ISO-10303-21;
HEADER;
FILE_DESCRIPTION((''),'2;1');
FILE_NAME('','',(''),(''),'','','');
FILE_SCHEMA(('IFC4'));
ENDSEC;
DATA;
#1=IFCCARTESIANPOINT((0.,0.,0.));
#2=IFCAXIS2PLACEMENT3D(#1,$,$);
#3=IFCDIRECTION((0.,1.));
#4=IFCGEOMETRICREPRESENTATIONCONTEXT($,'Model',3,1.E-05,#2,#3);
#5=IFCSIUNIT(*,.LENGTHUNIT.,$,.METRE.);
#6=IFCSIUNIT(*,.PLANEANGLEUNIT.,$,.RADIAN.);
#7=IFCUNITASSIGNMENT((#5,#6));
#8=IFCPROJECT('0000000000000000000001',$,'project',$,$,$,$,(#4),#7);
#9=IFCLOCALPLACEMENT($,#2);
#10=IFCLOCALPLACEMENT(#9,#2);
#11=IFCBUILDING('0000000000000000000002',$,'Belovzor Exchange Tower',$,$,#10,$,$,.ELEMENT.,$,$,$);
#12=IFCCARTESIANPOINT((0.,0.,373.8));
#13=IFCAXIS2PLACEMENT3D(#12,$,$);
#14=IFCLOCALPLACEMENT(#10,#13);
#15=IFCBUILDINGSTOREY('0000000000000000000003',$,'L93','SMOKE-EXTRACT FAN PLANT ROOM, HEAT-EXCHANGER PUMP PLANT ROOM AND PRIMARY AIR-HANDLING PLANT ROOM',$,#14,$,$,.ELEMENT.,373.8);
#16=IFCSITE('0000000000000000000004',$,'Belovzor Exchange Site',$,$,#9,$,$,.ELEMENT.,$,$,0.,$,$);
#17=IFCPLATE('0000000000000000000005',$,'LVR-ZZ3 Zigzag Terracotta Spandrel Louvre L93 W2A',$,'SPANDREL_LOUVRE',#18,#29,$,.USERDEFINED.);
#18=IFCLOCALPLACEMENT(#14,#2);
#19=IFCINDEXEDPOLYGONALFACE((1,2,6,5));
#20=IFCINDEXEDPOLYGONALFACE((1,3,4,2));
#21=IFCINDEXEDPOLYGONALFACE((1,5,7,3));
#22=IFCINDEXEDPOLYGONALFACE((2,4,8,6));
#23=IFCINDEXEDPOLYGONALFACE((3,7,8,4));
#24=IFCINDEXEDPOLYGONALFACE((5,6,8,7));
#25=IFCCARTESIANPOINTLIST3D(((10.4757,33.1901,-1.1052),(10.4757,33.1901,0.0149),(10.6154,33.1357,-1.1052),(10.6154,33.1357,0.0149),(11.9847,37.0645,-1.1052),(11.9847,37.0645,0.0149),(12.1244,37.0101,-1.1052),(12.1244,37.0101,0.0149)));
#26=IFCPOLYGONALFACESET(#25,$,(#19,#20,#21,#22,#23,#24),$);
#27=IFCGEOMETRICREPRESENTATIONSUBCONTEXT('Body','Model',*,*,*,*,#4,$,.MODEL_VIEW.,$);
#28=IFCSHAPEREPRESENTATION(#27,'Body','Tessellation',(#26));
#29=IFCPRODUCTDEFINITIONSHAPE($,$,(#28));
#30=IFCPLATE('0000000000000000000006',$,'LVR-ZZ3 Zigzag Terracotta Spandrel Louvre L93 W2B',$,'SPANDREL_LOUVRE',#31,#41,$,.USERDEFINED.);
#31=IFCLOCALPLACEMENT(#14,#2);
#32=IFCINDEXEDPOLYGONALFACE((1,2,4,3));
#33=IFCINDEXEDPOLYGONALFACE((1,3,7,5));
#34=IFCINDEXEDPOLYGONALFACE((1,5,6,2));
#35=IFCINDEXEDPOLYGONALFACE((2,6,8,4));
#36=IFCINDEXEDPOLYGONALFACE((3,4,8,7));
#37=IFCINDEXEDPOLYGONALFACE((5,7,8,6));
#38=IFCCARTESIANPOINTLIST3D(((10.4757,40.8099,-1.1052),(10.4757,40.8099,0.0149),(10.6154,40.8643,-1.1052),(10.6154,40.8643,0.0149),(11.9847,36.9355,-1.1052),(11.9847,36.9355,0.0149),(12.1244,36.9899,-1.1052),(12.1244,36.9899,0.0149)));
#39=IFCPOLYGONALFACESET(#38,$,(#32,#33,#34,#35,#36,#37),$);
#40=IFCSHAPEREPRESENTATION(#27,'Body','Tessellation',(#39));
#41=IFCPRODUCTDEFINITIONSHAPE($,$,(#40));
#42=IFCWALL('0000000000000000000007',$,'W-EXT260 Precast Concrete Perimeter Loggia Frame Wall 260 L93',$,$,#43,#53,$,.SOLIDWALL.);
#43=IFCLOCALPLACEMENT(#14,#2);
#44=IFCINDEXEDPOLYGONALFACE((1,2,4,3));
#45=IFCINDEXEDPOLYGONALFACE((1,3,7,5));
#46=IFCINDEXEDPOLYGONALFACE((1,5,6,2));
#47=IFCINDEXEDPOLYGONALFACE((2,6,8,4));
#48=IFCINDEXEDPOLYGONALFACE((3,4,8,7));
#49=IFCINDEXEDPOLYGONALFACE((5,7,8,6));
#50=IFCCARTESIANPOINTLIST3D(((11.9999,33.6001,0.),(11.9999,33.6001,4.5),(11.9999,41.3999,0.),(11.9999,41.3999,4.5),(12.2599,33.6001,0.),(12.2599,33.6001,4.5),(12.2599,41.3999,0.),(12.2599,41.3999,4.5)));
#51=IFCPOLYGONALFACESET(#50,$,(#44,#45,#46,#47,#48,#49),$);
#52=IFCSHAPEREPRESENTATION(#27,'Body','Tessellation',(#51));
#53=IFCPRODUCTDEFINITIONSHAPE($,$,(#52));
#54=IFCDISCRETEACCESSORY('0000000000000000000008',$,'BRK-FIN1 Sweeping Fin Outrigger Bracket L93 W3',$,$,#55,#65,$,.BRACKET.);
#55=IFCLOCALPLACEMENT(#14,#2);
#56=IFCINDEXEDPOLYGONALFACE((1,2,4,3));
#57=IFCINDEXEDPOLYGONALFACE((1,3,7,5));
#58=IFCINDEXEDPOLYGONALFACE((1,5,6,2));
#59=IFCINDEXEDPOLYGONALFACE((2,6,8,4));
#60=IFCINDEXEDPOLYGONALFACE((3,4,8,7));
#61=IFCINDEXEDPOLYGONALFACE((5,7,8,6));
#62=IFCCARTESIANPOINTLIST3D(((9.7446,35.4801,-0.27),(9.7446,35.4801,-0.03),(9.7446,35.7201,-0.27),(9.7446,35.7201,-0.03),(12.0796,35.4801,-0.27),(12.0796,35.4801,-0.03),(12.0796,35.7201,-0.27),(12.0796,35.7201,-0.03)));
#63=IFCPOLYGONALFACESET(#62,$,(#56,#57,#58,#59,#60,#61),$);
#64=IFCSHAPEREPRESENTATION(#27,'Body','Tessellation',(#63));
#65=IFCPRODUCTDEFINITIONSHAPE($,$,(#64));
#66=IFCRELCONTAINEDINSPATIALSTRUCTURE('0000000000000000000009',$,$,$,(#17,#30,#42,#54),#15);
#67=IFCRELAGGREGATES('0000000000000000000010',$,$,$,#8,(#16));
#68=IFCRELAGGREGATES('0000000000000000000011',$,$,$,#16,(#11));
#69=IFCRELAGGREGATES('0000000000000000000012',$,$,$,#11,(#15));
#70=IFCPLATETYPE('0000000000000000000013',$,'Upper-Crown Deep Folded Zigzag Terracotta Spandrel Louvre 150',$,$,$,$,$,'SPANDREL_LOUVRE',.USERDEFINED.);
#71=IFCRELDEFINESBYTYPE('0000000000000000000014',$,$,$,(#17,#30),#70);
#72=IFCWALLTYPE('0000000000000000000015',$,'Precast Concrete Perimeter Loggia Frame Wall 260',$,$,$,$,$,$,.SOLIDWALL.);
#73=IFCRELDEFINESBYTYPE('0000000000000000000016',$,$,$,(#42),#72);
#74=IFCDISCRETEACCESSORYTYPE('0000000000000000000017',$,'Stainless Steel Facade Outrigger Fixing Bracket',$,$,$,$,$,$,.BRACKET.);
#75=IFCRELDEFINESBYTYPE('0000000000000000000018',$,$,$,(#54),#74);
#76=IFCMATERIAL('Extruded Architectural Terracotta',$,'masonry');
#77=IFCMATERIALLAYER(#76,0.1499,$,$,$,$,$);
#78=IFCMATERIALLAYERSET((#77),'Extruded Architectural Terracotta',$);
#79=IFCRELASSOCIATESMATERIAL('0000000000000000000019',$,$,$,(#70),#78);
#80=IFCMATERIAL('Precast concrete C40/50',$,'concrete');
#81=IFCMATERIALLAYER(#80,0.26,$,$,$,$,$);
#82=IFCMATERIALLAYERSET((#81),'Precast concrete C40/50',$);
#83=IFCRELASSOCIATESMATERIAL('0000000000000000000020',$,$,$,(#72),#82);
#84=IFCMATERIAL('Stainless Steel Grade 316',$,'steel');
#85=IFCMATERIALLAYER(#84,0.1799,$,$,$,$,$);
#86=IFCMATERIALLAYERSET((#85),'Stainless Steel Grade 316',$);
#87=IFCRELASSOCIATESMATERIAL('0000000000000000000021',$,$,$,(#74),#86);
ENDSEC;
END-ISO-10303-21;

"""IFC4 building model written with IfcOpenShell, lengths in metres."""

from ifc_helpers import new_model, si_unit, direction, frame, frame_2d, origin, origin_2d, place, context, subcontext, project, spatial, rectangle, extrude, material, layer, layer_set, type_object, element, save


model = new_model("IFC4")

# Units and contexts
model_context = context("Model", 3, precision=1e-05, world=origin(), true_north=direction((0.0, 1.0)))
body_context = subcontext(model_context, "Body", "Model", "MODEL_VIEW")
ifc_project = project(units=[si_unit("LENGTHUNIT", "METRE"), si_unit("PLANEANGLEUNIT", "RADIAN")], contexts=[model_context])

# Site, building, storey
site_placement = place(None, origin())
site = spatial("IfcSite", under=ifc_project, at=site_placement, Name="Belovzor Exchange Site", CompositionType="ELEMENT", RefElevation=0.0)
building_placement = place(site_placement, origin())
building = spatial("IfcBuilding", under=site, at=building_placement, Name="Belovzor Exchange Tower", CompositionType="ELEMENT")
storey_placement = place(building_placement, frame((0.0, 0.0, 373.8)))
storey = spatial("IfcBuildingStorey", under=building, at=storey_placement, Name="L93", Description="SMOKE-EXTRACT FAN PLANT ROOM, HEAT-EXCHANGER PUMP PLANT ROOM AND PRIMARY AIR-HANDLING PLANT ROOM", CompositionType="ELEMENT", Elevation=373.8)

# Plates
ifc_material_1 = material(Name="Extruded Architectural Terracotta", Category="masonry")
ifc_layer_1 = layer(ifc_material_1, 0.1499)
ifc_layer_set_1 = layer_set([ifc_layer_1], Name="Extruded Architectural Terracotta")
plate_type_1 = type_object("IfcPlateType", Name="Upper-Crown Deep Folded Zigzag Terracotta Spandrel Louvre 150", ElementType="SPANDREL_LOUVRE", PredefinedType="USERDEFINED", material=ifc_layer_set_1)
for number, where, z_axis, x_axis, name in (
    (1, (11.3, 35.1001, -1.1052), (0.0, 0.0, 1.0), (0.362926, 0.931818, 0.0), "LVR-ZZ3 Zigzag Terracotta Spandrel Louvre L93 W2A"),
    (2, (11.3, 38.8999, -1.1052), (0.0, 0.0, 1.0), (-0.362926, 0.931818, 0.0), "LVR-ZZ3 Zigzag Terracotta Spandrel Louvre L93 W2B"),
):
    element("IfcPlate", number, at=place(storey_placement, frame(where, z_axis=z_axis, x_axis=x_axis)), inside=storey, type_object=plate_type_1, Name=name, ObjectType="SPANDREL_LOUVRE", PredefinedType="USERDEFINED", context=body_context, shape_type="SweptSolid", body=[
        extrude(rectangle(XDim=4.158, YDim=0.1499, at=origin_2d()), origin(), (0.0, 0.0, 1.0), 1.1201),
    ])

# Wall
ifc_material_2 = material(Name="Precast concrete C40/50", Category="concrete")
ifc_layer_2 = layer(ifc_material_2, 0.26)
ifc_layer_set_2 = layer_set([ifc_layer_2], Name="Precast concrete C40/50")
wall_type = type_object("IfcWallType", Name="Precast Concrete Perimeter Loggia Frame Wall 260", PredefinedType="SOLIDWALL", material=ifc_layer_set_2)
wall_placement = place(storey_placement, frame((12.1299, 33.6001, 0.0), z_axis=(0.0, 0.0, 1.0), x_axis=(0.0, 1.0, 0.0)))
element("IfcWall", 3, at=wall_placement, inside=storey, type_object=wall_type, Name="W-EXT260 Precast Concrete Perimeter Loggia Frame Wall 260 L93", PredefinedType="SOLIDWALL", context=body_context, shape_type="SweptSolid", body=[
    extrude(rectangle(XDim=7.7998, YDim=0.26, at=frame_2d((3.8999, 0.0))), origin(), (0.0, 0.0, 1.0), 4.5),
])

# Discrete accessory
ifc_material_3 = material(Name="Stainless Steel Grade 316", Category="steel")
ifc_layer_3 = layer(ifc_material_3, 0.1799)
ifc_layer_set_3 = layer_set([ifc_layer_3], Name="Stainless Steel Grade 316")
discrete_accessory_type = type_object("IfcDiscreteAccessoryType", Name="Stainless Steel Facade Outrigger Fixing Bracket", PredefinedType="BRACKET", material=ifc_layer_set_3)
discrete_accessory_placement = place(storey_placement, frame((10.9121, 35.6001, -0.27), z_axis=(0.0, 0.0, 1.0), x_axis=(1.0, 0.0, 0.0)))
element("IfcDiscreteAccessory", 4, at=discrete_accessory_placement, inside=storey, type_object=discrete_accessory_type, Name="BRK-FIN1 Sweeping Fin Outrigger Bracket L93 W3", PredefinedType="BRACKET", context=body_context, shape_type="SweptSolid", body=[
    extrude(rectangle(XDim=2.335, YDim=0.24, at=origin_2d()), origin(), (0.0, 0.0, 1.0), 0.24),
])

save(model, "model.ifc")
